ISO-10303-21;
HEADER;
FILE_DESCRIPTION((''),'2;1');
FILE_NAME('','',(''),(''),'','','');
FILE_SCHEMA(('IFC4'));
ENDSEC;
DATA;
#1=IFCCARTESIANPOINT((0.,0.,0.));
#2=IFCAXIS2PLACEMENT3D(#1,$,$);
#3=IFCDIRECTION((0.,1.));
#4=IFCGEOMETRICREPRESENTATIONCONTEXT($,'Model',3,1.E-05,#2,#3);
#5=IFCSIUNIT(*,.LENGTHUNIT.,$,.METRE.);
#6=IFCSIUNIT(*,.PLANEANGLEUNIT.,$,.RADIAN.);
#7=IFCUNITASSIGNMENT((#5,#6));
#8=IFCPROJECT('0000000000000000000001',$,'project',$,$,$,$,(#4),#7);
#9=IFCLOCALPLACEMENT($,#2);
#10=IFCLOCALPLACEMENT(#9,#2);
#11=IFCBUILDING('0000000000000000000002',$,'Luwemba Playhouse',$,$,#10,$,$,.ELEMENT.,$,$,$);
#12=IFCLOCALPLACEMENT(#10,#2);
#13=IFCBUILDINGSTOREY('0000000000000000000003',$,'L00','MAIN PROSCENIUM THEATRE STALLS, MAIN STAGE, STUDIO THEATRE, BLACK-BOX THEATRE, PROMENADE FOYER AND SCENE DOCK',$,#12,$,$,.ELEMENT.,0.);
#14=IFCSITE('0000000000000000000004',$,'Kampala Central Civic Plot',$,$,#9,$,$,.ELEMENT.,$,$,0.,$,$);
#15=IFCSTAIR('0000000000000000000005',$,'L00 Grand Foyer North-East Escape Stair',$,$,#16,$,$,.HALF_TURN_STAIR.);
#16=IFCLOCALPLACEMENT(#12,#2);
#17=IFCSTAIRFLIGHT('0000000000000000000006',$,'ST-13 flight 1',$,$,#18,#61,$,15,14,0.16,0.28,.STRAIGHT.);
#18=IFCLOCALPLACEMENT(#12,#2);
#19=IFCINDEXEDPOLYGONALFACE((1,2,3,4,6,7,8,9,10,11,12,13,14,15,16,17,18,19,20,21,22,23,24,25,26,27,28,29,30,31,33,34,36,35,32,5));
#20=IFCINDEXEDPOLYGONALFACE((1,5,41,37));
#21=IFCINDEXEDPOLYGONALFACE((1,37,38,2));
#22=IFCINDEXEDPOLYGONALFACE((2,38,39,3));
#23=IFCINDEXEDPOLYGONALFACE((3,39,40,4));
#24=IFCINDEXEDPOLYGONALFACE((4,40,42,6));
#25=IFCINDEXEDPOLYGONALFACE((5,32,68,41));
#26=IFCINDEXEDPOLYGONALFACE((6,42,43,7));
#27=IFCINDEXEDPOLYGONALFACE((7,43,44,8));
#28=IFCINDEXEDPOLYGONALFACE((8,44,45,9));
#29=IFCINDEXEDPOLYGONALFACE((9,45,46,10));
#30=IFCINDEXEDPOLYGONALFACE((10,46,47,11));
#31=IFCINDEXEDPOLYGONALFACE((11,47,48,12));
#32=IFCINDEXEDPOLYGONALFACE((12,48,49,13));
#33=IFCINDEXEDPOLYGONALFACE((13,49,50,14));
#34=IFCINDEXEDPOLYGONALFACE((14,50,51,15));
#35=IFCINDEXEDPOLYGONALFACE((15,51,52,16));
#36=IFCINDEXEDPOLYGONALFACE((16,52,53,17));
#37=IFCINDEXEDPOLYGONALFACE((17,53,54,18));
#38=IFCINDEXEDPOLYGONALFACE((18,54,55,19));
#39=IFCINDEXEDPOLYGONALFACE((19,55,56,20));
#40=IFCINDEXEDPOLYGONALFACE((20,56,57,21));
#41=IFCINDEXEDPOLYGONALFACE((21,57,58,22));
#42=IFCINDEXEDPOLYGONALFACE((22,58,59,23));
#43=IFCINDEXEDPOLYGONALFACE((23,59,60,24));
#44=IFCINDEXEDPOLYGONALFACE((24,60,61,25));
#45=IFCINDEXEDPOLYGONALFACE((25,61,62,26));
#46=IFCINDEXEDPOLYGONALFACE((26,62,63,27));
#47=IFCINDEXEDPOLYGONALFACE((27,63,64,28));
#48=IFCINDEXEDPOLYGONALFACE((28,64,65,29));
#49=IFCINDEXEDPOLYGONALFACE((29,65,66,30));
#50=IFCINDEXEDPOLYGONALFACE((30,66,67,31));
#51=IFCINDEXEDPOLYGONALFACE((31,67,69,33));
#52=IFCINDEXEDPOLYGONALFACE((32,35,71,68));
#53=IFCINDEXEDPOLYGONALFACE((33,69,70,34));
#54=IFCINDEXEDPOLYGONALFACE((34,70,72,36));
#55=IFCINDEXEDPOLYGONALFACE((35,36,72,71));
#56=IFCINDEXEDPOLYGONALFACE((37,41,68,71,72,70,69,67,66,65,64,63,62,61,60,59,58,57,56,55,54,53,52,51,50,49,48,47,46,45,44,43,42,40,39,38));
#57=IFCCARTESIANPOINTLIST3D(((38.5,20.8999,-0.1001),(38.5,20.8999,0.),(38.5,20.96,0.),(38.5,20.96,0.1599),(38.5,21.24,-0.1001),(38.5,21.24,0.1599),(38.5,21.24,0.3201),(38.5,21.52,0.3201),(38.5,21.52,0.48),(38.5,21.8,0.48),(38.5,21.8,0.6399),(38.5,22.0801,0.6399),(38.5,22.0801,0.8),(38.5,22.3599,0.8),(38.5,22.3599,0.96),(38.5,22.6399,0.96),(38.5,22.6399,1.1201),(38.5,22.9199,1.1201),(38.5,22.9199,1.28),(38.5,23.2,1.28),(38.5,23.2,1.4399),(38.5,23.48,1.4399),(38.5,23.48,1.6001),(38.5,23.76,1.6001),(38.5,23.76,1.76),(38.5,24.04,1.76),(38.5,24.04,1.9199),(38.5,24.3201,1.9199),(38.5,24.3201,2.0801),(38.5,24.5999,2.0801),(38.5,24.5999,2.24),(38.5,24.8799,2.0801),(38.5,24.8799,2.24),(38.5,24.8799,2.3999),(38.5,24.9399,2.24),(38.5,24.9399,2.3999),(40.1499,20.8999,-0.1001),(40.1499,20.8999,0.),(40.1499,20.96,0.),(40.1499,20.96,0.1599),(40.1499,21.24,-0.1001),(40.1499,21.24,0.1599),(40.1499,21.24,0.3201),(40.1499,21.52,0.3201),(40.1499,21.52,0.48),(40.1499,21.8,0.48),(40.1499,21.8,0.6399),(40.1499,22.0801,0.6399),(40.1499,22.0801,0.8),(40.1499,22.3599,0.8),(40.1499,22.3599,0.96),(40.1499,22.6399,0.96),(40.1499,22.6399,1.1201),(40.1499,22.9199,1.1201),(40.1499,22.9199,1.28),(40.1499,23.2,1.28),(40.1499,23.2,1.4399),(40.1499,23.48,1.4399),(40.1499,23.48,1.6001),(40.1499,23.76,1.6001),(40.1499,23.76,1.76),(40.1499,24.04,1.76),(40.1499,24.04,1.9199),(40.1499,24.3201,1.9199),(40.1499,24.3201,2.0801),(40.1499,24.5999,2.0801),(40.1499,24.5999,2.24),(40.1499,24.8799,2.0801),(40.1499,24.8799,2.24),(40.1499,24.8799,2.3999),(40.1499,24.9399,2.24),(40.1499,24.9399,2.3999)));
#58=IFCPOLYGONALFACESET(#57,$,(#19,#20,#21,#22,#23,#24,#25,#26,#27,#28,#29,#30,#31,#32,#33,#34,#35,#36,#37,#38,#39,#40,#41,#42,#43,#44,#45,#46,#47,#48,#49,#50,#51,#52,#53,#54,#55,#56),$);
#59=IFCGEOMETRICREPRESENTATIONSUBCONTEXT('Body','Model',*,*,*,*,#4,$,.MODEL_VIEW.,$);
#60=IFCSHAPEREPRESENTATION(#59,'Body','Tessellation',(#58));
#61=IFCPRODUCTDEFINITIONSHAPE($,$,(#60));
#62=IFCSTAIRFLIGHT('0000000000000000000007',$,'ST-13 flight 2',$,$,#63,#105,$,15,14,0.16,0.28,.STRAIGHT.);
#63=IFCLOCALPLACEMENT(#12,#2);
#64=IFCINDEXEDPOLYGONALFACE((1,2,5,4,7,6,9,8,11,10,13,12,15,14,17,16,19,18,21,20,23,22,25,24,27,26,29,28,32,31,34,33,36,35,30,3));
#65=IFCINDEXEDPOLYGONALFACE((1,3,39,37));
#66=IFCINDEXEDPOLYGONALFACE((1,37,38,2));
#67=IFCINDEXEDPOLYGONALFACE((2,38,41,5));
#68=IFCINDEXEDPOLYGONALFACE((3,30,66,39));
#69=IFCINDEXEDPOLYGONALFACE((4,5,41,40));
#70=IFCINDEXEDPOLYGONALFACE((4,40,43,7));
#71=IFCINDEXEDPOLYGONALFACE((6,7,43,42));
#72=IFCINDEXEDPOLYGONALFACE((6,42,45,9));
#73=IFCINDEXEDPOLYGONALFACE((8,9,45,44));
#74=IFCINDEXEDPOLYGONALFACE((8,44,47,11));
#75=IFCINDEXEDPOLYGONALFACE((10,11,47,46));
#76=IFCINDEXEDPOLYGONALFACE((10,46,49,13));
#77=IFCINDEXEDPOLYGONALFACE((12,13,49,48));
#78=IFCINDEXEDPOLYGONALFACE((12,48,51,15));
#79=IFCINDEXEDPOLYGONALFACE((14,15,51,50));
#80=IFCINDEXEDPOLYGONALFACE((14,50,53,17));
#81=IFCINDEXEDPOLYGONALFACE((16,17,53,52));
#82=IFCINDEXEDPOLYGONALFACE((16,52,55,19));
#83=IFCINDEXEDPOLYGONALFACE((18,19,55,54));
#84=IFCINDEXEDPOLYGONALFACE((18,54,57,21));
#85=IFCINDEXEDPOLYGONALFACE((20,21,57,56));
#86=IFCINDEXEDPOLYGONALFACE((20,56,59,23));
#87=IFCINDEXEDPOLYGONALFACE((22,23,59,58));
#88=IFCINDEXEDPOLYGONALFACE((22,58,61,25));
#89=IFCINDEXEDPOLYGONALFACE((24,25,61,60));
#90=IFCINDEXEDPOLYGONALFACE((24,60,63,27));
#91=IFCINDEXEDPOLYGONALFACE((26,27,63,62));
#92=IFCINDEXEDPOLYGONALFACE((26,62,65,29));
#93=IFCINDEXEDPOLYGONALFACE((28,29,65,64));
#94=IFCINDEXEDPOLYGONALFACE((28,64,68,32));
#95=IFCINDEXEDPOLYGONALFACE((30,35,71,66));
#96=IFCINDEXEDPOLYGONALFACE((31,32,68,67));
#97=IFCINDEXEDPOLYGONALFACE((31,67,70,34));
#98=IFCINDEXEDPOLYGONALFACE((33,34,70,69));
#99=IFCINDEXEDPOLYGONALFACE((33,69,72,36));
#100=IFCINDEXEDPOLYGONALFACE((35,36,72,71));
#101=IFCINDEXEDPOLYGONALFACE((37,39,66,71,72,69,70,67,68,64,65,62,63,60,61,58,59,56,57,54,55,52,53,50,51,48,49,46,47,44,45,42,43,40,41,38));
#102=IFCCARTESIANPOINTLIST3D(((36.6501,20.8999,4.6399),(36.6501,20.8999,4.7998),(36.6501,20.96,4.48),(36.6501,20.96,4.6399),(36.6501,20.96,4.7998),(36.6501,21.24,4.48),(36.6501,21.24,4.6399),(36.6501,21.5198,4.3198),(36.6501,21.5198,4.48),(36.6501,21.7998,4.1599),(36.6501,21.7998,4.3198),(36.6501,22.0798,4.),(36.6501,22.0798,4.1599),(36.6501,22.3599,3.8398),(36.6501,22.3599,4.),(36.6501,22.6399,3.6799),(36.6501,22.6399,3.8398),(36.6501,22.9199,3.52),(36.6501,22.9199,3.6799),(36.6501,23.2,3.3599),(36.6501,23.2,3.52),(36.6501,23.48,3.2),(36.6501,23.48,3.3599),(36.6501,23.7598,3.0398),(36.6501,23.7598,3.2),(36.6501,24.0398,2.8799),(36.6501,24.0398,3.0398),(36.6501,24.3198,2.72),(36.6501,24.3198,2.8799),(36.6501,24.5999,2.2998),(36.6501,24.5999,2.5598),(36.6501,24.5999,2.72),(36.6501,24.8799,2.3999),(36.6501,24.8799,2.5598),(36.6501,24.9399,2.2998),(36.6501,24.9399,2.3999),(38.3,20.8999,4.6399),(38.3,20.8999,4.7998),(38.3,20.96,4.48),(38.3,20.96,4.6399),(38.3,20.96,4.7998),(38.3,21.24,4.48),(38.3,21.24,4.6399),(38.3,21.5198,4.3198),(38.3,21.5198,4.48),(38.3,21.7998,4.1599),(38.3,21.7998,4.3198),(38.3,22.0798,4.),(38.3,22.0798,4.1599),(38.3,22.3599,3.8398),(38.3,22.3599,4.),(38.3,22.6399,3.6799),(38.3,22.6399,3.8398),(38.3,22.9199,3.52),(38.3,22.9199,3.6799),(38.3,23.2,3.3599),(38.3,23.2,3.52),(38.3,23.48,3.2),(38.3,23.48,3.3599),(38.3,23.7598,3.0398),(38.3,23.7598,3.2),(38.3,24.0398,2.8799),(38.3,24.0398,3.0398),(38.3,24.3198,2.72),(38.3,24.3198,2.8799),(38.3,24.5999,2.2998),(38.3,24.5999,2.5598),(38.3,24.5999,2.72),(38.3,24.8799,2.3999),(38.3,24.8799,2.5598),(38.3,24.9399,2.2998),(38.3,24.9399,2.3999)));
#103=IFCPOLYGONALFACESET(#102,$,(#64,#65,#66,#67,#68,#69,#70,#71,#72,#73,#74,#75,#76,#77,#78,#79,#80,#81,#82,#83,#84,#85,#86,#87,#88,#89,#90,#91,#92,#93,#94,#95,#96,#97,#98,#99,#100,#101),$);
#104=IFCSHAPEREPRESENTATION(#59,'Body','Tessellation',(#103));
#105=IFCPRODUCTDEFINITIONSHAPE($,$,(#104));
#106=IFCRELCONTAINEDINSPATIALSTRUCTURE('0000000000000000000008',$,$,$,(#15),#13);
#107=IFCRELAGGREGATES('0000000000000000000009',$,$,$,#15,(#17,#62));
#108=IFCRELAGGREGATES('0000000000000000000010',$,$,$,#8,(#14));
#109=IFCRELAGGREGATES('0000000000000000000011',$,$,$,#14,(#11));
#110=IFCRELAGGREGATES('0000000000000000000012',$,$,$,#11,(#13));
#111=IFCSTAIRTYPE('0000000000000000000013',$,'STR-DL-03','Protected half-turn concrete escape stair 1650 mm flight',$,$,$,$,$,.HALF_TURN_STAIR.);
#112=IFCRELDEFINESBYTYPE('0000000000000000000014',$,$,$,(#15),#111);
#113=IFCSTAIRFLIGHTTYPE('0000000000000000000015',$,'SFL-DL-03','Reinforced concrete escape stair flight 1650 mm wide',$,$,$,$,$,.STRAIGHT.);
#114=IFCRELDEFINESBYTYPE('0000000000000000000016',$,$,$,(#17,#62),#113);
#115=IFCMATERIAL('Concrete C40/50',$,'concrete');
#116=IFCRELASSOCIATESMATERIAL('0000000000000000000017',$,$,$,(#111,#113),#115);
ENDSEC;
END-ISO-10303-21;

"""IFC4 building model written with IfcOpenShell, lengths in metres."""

from ifc_helpers import new_model, si_unit, direction, frame, origin, place, context, subcontext, project, spatial, polyline, outline, extrude, material, type_object, element, aggregate, save


model = new_model("IFC4")

# Units and contexts
model_context = context("Model", 3, precision=1e-05, world=origin(), true_north=direction((0.0, 1.0)))
body_context = subcontext(model_context, "Body", "Model", "MODEL_VIEW")
ifc_project = project(units=[si_unit("LENGTHUNIT", "METRE"), si_unit("PLANEANGLEUNIT", "RADIAN")], contexts=[model_context])

# Site, building, storey
site_placement = place(None, origin())
site = spatial("IfcSite", under=ifc_project, at=site_placement, Name="Kampala Central Civic Plot", CompositionType="ELEMENT", RefElevation=0.0)
building_placement = place(site_placement, origin())
building = spatial("IfcBuilding", under=site, at=building_placement, Name="Luwemba Playhouse", CompositionType="ELEMENT")
storey_placement = place(building_placement, origin())
storey = spatial("IfcBuildingStorey", under=building, at=storey_placement, Name="L00", Description="MAIN PROSCENIUM THEATRE STALLS, MAIN STAGE, STUDIO THEATRE, BLACK-BOX THEATRE, PROMENADE FOYER AND SCENE DOCK", CompositionType="ELEMENT", Elevation=0.0)

# Shared definitions
ifc_material_1 = material(Name="Concrete C40/50", Category="concrete")

# Stair, stair flights
stair_type = type_object("IfcStairType", Name="STR-DL-03", Description="Protected half-turn concrete escape stair 1650 mm flight", PredefinedType="HALF_TURN_STAIR", material=ifc_material_1)
stair_placement = place(storey_placement, origin())
stair = element("IfcStair", 1, at=stair_placement, inside=storey, type_object=stair_type, Name="L00 Grand Foyer North-East Escape Stair", PredefinedType="HALF_TURN_STAIR")
stair_flight_type = type_object("IfcStairFlightType", Name="SFL-DL-03", Description="Reinforced concrete escape stair flight 1650 mm wide", PredefinedType="STRAIGHT", material=ifc_material_1)
stair_flight_1_placement = place(storey_placement, frame((39.325, 20.96, 0.0), z_axis=(0.0, 0.0, 1.0), x_axis=(0.0, 1.0, 0.0)))
stair_flight_1 = element("IfcStairFlight", 2, at=stair_flight_1_placement, type_object=stair_flight_type, Name="ST-13 flight 1", NumberOfRisers=15, NumberOfTreads=14, PredefinedType="STRAIGHT", RiserHeight=0.16, TreadLength=0.28, context=body_context, shape_type="SweptSolid", body=[
    extrude(outline(polyline([(-0.0601, -0.1001), (-0.0601, 0.0), (0.0, 0.0), (0.0, 0.1599), (0.28, 0.1599), (0.28, 0.3201), (0.5601, 0.3201), (0.5601, 0.48), (0.8401, 0.48), (0.8401, 0.6399), (1.1201, 0.6399), (1.1201, 0.8), (1.3999, 0.8), (1.3999, 0.96), (1.6799, 0.96), (1.6799, 1.1201), (1.96, 1.1201), (1.96, 1.28), (2.24, 1.28), (2.24, 1.4399), (2.52, 1.4399), (2.52, 1.6001), (2.8, 1.6001), (2.8, 1.76), (3.0801, 1.76), (3.0801, 1.9199), (3.3601, 1.9199), (3.3601, 2.0801), (3.6399, 2.0801), (3.6399, 2.24), (3.9199, 2.24), (3.9199, 2.3999), (3.98, 2.3999), (3.98, 2.24), (3.9199, 2.0801), (0.28, -0.1001), (-0.0601, -0.1001)])), frame((0.0, 0.825, 0.0), z_axis=(0.0, -1.0, 0.0), x_axis=(1.0, 0.0, 0.0)), (0.0, 0.0, 1.0), 1.6499),
])
stair_flight_2_placement = place(storey_placement, frame((37.4751, 24.8799, 2.3999), z_axis=(0.0, 0.0, 1.0), x_axis=(0.0, -1.0, 0.0)))
stair_flight_2 = element("IfcStairFlight", 3, at=stair_flight_2_placement, type_object=stair_flight_type, Name="ST-13 flight 2", NumberOfRisers=15, NumberOfTreads=14, PredefinedType="STRAIGHT", RiserHeight=0.16, TreadLength=0.28, context=body_context, shape_type="SweptSolid", body=[
    extrude(outline(polyline([(-0.0601, -0.1001), (-0.0601, 0.0), (0.0, 0.0), (0.0, 0.1599), (0.28, 0.1599), (0.28, 0.3201), (0.5601, 0.3201), (0.5601, 0.48), (0.8401, 0.48), (0.8401, 0.6399), (1.1201, 0.6399), (1.1201, 0.8), (1.3999, 0.8), (1.3999, 0.96), (1.6799, 0.96), (1.6799, 1.1201), (1.96, 1.1201), (1.96, 1.28), (2.24, 1.28), (2.24, 1.4399), (2.52, 1.4399), (2.52, 1.6001), (2.8, 1.6001), (2.8, 1.76), (3.0801, 1.76), (3.0801, 1.9199), (3.3601, 1.9199), (3.3601, 2.0801), (3.6399, 2.0801), (3.6399, 2.24), (3.9199, 2.24), (3.9199, 2.3999), (3.98, 2.3999), (3.98, 2.24), (3.9199, 2.0801), (0.28, -0.1001), (-0.0601, -0.1001)])), frame((0.0, 0.825, 0.0), z_axis=(0.0, -1.0, 0.0), x_axis=(1.0, 0.0, 0.0)), (0.0, 0.0, 1.0), 1.6499),
])
aggregate(stair, [stair_flight_1, stair_flight_2])

save(model, "model.ifc")
